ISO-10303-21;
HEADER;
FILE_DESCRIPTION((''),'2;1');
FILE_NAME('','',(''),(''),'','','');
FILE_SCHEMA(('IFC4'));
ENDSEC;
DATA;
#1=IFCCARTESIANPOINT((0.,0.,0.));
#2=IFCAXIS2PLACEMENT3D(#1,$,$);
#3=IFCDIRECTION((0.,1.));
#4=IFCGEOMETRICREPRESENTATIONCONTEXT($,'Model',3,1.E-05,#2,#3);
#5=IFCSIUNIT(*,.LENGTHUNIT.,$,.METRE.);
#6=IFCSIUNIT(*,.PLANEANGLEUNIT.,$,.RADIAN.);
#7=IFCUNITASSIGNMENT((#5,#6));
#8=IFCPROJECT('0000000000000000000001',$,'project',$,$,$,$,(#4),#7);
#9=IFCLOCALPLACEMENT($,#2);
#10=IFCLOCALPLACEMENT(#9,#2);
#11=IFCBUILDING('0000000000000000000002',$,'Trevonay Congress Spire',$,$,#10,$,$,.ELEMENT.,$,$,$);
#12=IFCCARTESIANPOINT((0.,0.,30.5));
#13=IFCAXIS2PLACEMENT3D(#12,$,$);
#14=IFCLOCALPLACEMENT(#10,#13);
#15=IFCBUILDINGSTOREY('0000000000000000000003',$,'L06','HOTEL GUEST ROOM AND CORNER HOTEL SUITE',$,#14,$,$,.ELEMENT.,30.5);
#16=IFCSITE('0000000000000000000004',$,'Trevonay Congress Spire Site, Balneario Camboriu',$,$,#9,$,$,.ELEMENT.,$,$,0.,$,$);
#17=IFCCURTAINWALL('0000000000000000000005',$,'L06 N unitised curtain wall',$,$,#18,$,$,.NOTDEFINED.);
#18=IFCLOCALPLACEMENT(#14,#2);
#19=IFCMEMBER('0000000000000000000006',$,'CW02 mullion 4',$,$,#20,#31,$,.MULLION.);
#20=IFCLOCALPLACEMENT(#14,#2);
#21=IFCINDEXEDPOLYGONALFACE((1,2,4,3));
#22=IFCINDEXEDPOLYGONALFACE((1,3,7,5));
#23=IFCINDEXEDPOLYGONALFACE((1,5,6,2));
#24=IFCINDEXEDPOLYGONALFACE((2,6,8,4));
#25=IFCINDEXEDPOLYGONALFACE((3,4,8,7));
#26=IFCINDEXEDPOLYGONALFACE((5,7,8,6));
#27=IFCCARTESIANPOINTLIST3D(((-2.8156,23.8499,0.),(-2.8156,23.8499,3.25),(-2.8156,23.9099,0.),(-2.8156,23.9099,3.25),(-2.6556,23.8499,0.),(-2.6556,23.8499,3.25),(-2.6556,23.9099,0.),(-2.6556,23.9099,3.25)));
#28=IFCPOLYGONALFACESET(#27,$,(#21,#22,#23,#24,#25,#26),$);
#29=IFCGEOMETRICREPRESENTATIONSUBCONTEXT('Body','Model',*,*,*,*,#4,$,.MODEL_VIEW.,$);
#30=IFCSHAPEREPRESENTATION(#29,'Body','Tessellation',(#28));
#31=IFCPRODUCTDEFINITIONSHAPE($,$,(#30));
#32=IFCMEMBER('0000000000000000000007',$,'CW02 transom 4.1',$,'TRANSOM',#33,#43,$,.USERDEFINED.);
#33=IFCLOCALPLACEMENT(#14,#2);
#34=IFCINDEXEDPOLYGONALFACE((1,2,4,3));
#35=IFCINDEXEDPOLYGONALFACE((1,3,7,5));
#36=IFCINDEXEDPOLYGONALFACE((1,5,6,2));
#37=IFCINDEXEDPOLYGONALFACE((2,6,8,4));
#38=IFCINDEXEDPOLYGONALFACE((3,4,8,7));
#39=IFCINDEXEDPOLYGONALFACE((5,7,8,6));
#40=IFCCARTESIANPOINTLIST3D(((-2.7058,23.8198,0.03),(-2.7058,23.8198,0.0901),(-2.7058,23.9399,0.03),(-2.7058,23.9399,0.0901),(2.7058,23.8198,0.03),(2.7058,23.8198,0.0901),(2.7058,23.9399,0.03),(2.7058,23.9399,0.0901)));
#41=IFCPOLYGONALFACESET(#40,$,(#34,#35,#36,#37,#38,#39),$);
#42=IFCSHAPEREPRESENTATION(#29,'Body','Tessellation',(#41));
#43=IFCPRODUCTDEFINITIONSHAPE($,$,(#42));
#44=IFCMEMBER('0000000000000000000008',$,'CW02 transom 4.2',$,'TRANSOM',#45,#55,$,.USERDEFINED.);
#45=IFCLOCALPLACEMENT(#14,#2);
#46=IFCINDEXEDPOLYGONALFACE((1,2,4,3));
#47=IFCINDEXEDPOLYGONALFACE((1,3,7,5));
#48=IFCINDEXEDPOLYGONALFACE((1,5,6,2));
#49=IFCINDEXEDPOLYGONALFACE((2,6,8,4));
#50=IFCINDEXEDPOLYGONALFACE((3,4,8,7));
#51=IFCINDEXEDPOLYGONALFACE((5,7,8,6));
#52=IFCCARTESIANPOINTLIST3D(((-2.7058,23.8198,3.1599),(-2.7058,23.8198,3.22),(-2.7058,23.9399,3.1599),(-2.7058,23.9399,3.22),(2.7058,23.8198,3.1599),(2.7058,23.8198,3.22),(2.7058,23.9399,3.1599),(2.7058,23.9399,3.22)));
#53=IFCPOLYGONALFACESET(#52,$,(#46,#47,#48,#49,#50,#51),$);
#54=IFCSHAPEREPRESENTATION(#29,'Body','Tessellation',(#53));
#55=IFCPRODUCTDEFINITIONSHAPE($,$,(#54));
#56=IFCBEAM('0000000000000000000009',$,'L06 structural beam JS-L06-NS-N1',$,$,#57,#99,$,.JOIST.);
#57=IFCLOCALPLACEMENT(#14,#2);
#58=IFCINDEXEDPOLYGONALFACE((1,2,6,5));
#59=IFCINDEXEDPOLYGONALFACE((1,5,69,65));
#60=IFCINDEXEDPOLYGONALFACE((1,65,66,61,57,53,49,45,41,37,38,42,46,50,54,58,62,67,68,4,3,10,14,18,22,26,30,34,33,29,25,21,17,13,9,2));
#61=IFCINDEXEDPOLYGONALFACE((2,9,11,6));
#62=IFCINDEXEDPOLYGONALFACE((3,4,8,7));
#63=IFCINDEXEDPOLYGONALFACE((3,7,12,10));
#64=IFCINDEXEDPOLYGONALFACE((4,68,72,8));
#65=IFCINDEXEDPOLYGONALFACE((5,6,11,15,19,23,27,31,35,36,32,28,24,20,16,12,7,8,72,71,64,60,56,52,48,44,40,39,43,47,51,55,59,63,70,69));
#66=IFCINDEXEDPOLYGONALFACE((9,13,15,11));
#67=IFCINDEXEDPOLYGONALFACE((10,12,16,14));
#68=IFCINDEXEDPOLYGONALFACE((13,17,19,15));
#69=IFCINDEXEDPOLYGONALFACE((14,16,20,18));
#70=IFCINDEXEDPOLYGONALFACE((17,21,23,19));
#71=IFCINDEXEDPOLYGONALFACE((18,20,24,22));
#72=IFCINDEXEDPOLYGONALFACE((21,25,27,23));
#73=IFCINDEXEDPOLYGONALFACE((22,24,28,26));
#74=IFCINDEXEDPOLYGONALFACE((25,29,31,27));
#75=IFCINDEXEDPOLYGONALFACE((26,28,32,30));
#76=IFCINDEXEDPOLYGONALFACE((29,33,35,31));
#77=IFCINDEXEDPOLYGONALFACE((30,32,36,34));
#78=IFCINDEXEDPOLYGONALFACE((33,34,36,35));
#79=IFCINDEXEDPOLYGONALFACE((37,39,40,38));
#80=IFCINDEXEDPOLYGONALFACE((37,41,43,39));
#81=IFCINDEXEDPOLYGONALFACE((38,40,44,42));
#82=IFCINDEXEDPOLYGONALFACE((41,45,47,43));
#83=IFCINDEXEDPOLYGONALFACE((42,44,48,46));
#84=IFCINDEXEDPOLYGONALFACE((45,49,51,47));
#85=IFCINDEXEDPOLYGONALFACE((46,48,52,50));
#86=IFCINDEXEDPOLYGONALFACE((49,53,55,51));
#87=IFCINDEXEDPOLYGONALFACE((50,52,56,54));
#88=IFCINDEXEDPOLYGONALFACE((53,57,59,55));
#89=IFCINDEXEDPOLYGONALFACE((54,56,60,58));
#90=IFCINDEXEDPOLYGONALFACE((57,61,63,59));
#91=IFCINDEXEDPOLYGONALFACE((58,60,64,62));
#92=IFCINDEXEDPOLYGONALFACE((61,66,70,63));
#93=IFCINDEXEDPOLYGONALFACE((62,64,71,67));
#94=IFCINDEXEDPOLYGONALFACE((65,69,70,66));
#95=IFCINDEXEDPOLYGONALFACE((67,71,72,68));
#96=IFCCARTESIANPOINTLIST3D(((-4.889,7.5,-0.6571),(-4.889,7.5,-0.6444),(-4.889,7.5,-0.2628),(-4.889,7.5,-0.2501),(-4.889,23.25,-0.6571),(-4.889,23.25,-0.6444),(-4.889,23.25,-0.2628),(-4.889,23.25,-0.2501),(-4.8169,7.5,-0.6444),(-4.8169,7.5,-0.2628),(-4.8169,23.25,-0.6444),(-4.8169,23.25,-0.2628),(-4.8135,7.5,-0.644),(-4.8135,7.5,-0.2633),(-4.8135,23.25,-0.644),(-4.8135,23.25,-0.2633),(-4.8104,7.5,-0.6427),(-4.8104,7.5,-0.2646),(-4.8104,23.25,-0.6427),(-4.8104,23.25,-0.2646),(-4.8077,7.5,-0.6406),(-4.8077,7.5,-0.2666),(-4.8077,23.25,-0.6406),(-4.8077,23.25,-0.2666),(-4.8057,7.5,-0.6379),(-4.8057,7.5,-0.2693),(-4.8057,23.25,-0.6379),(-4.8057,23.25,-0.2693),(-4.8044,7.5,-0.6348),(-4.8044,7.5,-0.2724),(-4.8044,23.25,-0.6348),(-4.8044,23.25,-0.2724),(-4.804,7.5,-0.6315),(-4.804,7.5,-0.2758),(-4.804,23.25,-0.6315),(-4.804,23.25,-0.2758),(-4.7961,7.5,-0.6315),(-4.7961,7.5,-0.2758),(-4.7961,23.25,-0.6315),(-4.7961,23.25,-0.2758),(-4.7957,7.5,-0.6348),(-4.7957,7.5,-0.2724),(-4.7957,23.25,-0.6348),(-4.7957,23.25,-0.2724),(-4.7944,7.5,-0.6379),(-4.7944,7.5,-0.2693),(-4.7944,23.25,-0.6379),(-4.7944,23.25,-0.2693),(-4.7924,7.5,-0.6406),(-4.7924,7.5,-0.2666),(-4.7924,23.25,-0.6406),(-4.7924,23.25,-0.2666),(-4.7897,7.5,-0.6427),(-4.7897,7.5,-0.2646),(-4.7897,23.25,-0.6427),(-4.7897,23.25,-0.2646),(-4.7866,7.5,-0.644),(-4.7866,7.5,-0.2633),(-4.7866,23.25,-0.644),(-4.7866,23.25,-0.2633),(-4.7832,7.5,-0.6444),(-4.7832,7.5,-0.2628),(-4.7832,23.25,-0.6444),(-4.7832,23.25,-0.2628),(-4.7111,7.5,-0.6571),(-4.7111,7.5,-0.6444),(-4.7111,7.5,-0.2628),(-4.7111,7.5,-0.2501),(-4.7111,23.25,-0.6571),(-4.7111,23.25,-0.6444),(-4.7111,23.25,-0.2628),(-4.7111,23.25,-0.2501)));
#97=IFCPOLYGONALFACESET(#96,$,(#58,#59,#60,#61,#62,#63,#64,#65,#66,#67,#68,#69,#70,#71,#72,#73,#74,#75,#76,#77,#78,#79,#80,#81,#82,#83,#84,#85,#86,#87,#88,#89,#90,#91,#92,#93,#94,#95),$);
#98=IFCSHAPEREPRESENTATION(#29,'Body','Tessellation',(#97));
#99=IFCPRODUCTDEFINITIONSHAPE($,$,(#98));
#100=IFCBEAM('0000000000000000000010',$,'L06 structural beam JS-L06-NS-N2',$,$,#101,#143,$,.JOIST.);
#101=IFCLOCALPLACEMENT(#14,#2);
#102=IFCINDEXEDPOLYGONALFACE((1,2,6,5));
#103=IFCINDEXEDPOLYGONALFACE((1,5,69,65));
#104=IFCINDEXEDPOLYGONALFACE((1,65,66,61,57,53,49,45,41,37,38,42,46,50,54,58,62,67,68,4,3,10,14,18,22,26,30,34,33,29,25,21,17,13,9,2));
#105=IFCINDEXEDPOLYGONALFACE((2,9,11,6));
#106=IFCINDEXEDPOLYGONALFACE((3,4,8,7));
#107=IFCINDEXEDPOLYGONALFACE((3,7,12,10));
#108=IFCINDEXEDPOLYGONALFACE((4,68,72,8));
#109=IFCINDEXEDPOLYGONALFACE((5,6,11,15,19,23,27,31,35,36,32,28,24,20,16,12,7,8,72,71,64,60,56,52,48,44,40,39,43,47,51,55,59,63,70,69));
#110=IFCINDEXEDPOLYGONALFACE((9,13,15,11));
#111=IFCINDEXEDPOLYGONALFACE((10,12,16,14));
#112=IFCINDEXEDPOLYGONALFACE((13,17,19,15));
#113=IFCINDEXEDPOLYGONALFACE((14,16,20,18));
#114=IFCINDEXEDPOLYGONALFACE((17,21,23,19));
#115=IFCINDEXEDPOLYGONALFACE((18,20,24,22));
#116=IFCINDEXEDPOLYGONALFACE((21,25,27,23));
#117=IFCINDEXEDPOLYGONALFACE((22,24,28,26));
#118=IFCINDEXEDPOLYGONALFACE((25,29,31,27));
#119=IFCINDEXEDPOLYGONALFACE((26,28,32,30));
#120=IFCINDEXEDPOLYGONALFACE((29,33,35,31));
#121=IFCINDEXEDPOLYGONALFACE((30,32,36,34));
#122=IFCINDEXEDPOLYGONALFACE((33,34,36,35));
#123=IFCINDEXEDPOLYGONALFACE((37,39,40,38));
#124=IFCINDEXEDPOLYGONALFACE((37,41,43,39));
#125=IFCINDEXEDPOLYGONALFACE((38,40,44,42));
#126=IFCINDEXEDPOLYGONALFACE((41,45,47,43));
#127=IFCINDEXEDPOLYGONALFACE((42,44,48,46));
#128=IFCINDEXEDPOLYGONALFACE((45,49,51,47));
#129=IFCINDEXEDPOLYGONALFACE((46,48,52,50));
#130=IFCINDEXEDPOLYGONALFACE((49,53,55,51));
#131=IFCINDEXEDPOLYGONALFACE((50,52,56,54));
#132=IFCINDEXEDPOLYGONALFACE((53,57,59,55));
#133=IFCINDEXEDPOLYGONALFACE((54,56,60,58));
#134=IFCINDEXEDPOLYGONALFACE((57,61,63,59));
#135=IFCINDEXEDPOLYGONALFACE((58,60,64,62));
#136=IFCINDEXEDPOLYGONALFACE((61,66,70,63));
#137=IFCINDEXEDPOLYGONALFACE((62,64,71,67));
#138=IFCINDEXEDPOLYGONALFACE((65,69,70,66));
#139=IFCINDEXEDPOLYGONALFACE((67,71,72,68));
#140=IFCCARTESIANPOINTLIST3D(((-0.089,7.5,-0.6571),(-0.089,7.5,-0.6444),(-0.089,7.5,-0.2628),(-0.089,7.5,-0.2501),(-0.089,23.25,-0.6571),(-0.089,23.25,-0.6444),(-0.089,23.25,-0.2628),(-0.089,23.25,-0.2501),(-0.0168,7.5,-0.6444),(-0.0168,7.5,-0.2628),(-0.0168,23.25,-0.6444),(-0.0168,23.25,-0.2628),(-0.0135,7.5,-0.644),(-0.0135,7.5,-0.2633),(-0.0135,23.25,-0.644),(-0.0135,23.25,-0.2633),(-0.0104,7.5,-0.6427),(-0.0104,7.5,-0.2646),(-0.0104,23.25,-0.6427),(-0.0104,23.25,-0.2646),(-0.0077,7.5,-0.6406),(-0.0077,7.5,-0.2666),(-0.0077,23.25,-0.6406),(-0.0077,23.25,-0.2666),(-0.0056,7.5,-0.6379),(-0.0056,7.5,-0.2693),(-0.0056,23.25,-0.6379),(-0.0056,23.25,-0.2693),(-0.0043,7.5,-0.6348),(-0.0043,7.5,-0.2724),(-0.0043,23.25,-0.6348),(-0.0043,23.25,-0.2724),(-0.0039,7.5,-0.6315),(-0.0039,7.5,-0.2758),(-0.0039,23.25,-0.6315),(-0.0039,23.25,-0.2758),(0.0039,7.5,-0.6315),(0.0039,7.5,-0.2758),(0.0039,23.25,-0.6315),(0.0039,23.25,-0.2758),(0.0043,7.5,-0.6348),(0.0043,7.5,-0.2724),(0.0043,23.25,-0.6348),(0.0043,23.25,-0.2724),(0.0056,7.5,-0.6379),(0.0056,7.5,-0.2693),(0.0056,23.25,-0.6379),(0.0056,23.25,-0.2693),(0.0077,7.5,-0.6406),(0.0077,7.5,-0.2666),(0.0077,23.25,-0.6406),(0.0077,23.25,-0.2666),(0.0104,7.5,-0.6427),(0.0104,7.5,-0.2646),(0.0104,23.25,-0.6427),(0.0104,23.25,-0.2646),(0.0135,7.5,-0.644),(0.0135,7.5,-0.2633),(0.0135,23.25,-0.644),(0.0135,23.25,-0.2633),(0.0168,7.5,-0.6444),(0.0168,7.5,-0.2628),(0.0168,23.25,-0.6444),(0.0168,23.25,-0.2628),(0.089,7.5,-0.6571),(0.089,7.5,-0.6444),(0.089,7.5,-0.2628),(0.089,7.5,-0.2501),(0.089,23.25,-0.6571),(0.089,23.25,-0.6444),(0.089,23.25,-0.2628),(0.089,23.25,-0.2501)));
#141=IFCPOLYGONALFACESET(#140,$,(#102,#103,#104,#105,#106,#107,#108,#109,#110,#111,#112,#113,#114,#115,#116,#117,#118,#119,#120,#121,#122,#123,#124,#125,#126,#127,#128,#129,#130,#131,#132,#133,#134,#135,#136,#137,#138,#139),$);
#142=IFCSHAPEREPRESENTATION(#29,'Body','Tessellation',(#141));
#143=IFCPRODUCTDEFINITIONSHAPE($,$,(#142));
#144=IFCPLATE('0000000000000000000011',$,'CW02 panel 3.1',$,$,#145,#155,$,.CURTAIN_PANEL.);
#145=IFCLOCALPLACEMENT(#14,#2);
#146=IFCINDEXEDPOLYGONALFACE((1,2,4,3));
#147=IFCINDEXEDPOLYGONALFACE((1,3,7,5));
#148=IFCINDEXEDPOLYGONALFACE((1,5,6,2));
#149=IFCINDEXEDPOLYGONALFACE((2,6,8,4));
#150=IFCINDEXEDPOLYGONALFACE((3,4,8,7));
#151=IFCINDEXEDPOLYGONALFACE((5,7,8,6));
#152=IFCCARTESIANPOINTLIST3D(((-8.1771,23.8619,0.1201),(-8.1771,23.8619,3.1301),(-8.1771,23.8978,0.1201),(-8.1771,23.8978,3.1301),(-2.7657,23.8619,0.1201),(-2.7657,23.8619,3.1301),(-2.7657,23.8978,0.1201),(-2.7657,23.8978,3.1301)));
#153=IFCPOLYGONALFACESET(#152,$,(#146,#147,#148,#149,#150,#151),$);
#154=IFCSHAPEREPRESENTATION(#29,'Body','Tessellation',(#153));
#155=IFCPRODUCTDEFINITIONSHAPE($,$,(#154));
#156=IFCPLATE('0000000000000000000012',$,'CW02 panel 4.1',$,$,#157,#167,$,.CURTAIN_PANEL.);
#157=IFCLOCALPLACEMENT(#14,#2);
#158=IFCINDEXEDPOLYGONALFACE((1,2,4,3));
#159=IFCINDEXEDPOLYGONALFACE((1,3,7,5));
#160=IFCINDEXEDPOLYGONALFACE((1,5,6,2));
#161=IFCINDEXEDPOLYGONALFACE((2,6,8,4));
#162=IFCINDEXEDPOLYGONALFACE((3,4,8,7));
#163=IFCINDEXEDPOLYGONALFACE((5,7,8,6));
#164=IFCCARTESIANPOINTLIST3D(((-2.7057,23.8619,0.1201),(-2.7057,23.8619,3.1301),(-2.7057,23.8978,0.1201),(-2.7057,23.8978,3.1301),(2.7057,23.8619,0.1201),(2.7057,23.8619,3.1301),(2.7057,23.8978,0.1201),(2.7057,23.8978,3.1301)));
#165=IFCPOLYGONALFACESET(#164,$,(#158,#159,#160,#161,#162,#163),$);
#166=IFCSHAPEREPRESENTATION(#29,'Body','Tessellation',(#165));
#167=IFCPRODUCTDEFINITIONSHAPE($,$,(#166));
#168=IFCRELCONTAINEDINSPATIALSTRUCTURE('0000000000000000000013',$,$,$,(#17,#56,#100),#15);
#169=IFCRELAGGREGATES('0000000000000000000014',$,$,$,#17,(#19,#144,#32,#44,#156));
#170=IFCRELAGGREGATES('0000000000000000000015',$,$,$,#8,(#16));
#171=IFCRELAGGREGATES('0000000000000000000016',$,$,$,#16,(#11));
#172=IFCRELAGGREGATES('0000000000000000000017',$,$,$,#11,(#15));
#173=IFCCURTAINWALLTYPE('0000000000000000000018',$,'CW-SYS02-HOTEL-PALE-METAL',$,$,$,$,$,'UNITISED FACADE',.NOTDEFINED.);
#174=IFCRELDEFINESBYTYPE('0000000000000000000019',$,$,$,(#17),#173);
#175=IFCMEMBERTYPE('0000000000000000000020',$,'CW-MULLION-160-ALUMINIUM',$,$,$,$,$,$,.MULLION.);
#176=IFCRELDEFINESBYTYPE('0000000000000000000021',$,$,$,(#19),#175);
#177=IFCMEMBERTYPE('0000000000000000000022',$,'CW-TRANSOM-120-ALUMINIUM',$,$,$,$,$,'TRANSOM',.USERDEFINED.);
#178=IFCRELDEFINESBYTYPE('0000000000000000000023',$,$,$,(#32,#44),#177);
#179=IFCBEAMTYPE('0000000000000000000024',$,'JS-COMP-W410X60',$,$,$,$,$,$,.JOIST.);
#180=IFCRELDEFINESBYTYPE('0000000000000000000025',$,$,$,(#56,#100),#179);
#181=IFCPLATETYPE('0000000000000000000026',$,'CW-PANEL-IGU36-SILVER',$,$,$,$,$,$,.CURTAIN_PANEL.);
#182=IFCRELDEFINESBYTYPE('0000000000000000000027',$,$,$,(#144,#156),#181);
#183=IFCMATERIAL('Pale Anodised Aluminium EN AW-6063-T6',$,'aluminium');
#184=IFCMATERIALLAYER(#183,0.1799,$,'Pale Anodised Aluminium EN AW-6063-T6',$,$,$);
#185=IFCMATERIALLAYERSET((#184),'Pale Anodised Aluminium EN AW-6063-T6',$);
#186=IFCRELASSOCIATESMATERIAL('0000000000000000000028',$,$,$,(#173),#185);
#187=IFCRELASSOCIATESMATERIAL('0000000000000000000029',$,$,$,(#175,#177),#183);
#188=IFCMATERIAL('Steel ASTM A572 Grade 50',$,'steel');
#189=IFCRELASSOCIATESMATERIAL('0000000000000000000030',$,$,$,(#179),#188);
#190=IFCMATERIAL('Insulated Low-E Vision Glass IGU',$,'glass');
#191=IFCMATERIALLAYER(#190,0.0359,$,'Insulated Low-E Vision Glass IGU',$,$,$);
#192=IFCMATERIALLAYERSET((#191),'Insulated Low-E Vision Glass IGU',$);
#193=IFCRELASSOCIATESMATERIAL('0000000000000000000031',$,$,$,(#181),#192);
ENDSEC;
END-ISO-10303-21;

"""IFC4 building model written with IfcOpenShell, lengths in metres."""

from ifc_helpers import new_model, si_unit, direction, frame, origin, origin_2d, place, context, subcontext, project, spatial, rectangle, i_section, extrude, material, layer, layer_set, material_profile, profile_set, type_object, element, aggregate, save


model = new_model("IFC4")

# Units and contexts
model_context = context("Model", 3, precision=1e-05, world=origin(), true_north=direction((0.0, 1.0)))
body_context = subcontext(model_context, "Body", "Model", "MODEL_VIEW")
ifc_project = project(units=[si_unit("LENGTHUNIT", "METRE"), si_unit("PLANEANGLEUNIT", "RADIAN")], contexts=[model_context])

# Site, building, storey
site_placement = place(None, origin())
site = spatial("IfcSite", under=ifc_project, at=site_placement, Name="Trevonay Congress Spire Site, Balneario Camboriu", CompositionType="ELEMENT", RefElevation=0.0)
building_placement = place(site_placement, origin())
building = spatial("IfcBuilding", under=site, at=building_placement, Name="Trevonay Congress Spire", CompositionType="ELEMENT")
storey_placement = place(building_placement, frame((0.0, 0.0, 30.5)))
storey = spatial("IfcBuildingStorey", under=building, at=storey_placement, Name="L06", Description="HOTEL GUEST ROOM AND CORNER HOTEL SUITE", CompositionType="ELEMENT", Elevation=30.5)

# Shared definitions
ifc_material_1 = material(Name="Steel ASTM A572 Grade 50", Category="steel")

# Curtain wall, members
ifc_material_2 = material(Name="Pale Anodised Aluminium EN AW-6063-T6", Category="aluminium")
ifc_layer_1 = layer(ifc_material_2, 0.1799, Name="Pale Anodised Aluminium EN AW-6063-T6")
ifc_layer_set_1 = layer_set([ifc_layer_1], Name="Pale Anodised Aluminium EN AW-6063-T6")
curtain_wall_type = type_object("IfcCurtainWallType", Name="CW-SYS02-HOTEL-PALE-METAL", ElementType="UNITISED FACADE", PredefinedType="NOTDEFINED", material=ifc_layer_set_1)
curtain_wall_placement = place(storey_placement, origin())
curtain_wall = element("IfcCurtainWall", 1, at=curtain_wall_placement, inside=storey, type_object=curtain_wall_type, Name="L06 N unitised curtain wall", PredefinedType="NOTDEFINED")
ifc_material_profile_1 = material_profile(ifc_material_2, rectangle(XDim=0.0601, YDim=0.1599, at=origin_2d()), Name="CW-MULLION-160-ALUMINIUM")
ifc_profile_set_1 = profile_set([ifc_material_profile_1], Name="Pale Anodised Aluminium EN AW-6063-T6")
member_type_1 = type_object("IfcMemberType", Name="CW-MULLION-160-ALUMINIUM", PredefinedType="MULLION", material=ifc_profile_set_1)
member_1_placement = place(storey_placement, frame((-2.7356, 23.8799, 0.0), z_axis=(0.0, 0.0, 1.0), x_axis=(0.0, 1.0, 0.0)))
member_1 = element("IfcMember", 2, at=member_1_placement, type_object=member_type_1, Name="CW02 mullion 4", PredefinedType="MULLION", context=body_context, shape_type="SweptSolid", body=[
    extrude(rectangle(XDim=0.0601, YDim=0.1599, at=origin_2d()), origin(), (0.0, 0.0, 1.0), 3.25),
])
ifc_material_profile_2 = material_profile(ifc_material_2, rectangle(XDim=0.1201, YDim=0.0601, at=origin_2d()), Name="CW-TRANSOM-120-ALUMINIUM")
ifc_profile_set_2 = profile_set([ifc_material_profile_2], Name="Pale Anodised Aluminium EN AW-6063-T6")
member_type_2 = type_object("IfcMemberType", Name="CW-TRANSOM-120-ALUMINIUM", ElementType="TRANSOM", PredefinedType="USERDEFINED", material=ifc_profile_set_2)
member_2_placement = place(storey_placement, frame((-2.7058, 23.8799, 0.0601), z_axis=(1.0, 0.0, 0.0), x_axis=(0.0, 1.0, 0.0)))
member_2 = element("IfcMember", 3, at=member_2_placement, type_object=member_type_2, Name="CW02 transom 4.1", ObjectType="TRANSOM", PredefinedType="USERDEFINED", context=body_context, shape_type="SweptSolid", body=[
    extrude(rectangle(XDim=0.1201, YDim=0.0601, at=origin_2d()), origin(), (0.0, 0.0, 1.0), 5.4116),
])
member_3_placement = place(storey_placement, frame((-2.7058, 23.8799, 3.1899), z_axis=(1.0, 0.0, 0.0), x_axis=(0.0, 1.0, 0.0)))
member_3 = element("IfcMember", 4, at=member_3_placement, type_object=member_type_2, Name="CW02 transom 4.2", ObjectType="TRANSOM", PredefinedType="USERDEFINED", context=body_context, shape_type="SweptSolid", body=[
    extrude(rectangle(XDim=0.1201, YDim=0.0601, at=origin_2d()), origin(), (0.0, 0.0, 1.0), 5.4116),
])

# Beams
ifc_material_profile_3 = material_profile(ifc_material_1, i_section(OverallWidth=0.178, OverallDepth=0.407, WebThickness=0.0078, FlangeThickness=0.0127, FilletRadius=0.0129, at=origin_2d()), Name="W410x60")
ifc_profile_set_3 = profile_set([ifc_material_profile_3], Name="Steel ASTM A572 Grade 50")
beam_type_1 = type_object("IfcBeamType", Name="JS-COMP-W410X60", PredefinedType="JOIST", material=ifc_profile_set_3)
for number, where, z_axis, x_axis, name in (
    (5, (-4.8, 7.5, -0.4536), (0.0, 1.0, 0.0), (-1.0, 0.0, 0.0), "L06 structural beam JS-L06-NS-N1"),
    (6, (0.0, 7.5, -0.4536), (0.0, 1.0, 0.0), (-1.0, 0.0, 0.0), "L06 structural beam JS-L06-NS-N2"),
):
    element("IfcBeam", number, at=place(storey_placement, frame(where, z_axis=z_axis, x_axis=x_axis)), inside=storey, type_object=beam_type_1, Name=name, PredefinedType="JOIST", context=body_context, shape_type="SweptSolid", body=[
        extrude(i_section(OverallWidth=0.178, OverallDepth=0.407, WebThickness=0.0078, FlangeThickness=0.0127, FilletRadius=0.0129, at=origin_2d()), origin(), (0.0, 0.0, 1.0), 15.75),
    ])

# Plates
ifc_material_3 = material(Name="Insulated Low-E Vision Glass IGU", Category="glass")
ifc_layer_2 = layer(ifc_material_3, 0.0359, Name="Insulated Low-E Vision Glass IGU")
ifc_layer_set_2 = layer_set([ifc_layer_2], Name="Insulated Low-E Vision Glass IGU")
plate_type = type_object("IfcPlateType", Name="CW-PANEL-IGU36-SILVER", PredefinedType="CURTAIN_PANEL", material=ifc_layer_set_2)
plate_1_placement = place(storey_placement, frame((-5.4714, 23.8799, 0.1201), z_axis=(0.0, 0.0, 1.0), x_axis=(1.0, 0.0, 0.0)))
plate_1 = element("IfcPlate", 7, at=plate_1_placement, type_object=plate_type, Name="CW02 panel 3.1", PredefinedType="CURTAIN_PANEL", context=body_context, shape_type="SweptSolid", body=[
    extrude(rectangle(XDim=5.4114, YDim=0.0359, at=origin_2d()), origin(), (0.0, 0.0, 1.0), 3.01),
])
plate_2_placement = place(storey_placement, frame((0.0, 23.8799, 0.1201), z_axis=(0.0, 0.0, 1.0), x_axis=(1.0, 0.0, 0.0)))
plate_2 = element("IfcPlate", 8, at=plate_2_placement, type_object=plate_type, Name="CW02 panel 4.1", PredefinedType="CURTAIN_PANEL", context=body_context, shape_type="SweptSolid", body=[
    extrude(rectangle(XDim=5.4114, YDim=0.0359, at=origin_2d()), origin(), (0.0, 0.0, 1.0), 3.01),
])
aggregate(curtain_wall, [member_1, plate_1, member_2, member_3, plate_2])

save(model, "model.ifc")
